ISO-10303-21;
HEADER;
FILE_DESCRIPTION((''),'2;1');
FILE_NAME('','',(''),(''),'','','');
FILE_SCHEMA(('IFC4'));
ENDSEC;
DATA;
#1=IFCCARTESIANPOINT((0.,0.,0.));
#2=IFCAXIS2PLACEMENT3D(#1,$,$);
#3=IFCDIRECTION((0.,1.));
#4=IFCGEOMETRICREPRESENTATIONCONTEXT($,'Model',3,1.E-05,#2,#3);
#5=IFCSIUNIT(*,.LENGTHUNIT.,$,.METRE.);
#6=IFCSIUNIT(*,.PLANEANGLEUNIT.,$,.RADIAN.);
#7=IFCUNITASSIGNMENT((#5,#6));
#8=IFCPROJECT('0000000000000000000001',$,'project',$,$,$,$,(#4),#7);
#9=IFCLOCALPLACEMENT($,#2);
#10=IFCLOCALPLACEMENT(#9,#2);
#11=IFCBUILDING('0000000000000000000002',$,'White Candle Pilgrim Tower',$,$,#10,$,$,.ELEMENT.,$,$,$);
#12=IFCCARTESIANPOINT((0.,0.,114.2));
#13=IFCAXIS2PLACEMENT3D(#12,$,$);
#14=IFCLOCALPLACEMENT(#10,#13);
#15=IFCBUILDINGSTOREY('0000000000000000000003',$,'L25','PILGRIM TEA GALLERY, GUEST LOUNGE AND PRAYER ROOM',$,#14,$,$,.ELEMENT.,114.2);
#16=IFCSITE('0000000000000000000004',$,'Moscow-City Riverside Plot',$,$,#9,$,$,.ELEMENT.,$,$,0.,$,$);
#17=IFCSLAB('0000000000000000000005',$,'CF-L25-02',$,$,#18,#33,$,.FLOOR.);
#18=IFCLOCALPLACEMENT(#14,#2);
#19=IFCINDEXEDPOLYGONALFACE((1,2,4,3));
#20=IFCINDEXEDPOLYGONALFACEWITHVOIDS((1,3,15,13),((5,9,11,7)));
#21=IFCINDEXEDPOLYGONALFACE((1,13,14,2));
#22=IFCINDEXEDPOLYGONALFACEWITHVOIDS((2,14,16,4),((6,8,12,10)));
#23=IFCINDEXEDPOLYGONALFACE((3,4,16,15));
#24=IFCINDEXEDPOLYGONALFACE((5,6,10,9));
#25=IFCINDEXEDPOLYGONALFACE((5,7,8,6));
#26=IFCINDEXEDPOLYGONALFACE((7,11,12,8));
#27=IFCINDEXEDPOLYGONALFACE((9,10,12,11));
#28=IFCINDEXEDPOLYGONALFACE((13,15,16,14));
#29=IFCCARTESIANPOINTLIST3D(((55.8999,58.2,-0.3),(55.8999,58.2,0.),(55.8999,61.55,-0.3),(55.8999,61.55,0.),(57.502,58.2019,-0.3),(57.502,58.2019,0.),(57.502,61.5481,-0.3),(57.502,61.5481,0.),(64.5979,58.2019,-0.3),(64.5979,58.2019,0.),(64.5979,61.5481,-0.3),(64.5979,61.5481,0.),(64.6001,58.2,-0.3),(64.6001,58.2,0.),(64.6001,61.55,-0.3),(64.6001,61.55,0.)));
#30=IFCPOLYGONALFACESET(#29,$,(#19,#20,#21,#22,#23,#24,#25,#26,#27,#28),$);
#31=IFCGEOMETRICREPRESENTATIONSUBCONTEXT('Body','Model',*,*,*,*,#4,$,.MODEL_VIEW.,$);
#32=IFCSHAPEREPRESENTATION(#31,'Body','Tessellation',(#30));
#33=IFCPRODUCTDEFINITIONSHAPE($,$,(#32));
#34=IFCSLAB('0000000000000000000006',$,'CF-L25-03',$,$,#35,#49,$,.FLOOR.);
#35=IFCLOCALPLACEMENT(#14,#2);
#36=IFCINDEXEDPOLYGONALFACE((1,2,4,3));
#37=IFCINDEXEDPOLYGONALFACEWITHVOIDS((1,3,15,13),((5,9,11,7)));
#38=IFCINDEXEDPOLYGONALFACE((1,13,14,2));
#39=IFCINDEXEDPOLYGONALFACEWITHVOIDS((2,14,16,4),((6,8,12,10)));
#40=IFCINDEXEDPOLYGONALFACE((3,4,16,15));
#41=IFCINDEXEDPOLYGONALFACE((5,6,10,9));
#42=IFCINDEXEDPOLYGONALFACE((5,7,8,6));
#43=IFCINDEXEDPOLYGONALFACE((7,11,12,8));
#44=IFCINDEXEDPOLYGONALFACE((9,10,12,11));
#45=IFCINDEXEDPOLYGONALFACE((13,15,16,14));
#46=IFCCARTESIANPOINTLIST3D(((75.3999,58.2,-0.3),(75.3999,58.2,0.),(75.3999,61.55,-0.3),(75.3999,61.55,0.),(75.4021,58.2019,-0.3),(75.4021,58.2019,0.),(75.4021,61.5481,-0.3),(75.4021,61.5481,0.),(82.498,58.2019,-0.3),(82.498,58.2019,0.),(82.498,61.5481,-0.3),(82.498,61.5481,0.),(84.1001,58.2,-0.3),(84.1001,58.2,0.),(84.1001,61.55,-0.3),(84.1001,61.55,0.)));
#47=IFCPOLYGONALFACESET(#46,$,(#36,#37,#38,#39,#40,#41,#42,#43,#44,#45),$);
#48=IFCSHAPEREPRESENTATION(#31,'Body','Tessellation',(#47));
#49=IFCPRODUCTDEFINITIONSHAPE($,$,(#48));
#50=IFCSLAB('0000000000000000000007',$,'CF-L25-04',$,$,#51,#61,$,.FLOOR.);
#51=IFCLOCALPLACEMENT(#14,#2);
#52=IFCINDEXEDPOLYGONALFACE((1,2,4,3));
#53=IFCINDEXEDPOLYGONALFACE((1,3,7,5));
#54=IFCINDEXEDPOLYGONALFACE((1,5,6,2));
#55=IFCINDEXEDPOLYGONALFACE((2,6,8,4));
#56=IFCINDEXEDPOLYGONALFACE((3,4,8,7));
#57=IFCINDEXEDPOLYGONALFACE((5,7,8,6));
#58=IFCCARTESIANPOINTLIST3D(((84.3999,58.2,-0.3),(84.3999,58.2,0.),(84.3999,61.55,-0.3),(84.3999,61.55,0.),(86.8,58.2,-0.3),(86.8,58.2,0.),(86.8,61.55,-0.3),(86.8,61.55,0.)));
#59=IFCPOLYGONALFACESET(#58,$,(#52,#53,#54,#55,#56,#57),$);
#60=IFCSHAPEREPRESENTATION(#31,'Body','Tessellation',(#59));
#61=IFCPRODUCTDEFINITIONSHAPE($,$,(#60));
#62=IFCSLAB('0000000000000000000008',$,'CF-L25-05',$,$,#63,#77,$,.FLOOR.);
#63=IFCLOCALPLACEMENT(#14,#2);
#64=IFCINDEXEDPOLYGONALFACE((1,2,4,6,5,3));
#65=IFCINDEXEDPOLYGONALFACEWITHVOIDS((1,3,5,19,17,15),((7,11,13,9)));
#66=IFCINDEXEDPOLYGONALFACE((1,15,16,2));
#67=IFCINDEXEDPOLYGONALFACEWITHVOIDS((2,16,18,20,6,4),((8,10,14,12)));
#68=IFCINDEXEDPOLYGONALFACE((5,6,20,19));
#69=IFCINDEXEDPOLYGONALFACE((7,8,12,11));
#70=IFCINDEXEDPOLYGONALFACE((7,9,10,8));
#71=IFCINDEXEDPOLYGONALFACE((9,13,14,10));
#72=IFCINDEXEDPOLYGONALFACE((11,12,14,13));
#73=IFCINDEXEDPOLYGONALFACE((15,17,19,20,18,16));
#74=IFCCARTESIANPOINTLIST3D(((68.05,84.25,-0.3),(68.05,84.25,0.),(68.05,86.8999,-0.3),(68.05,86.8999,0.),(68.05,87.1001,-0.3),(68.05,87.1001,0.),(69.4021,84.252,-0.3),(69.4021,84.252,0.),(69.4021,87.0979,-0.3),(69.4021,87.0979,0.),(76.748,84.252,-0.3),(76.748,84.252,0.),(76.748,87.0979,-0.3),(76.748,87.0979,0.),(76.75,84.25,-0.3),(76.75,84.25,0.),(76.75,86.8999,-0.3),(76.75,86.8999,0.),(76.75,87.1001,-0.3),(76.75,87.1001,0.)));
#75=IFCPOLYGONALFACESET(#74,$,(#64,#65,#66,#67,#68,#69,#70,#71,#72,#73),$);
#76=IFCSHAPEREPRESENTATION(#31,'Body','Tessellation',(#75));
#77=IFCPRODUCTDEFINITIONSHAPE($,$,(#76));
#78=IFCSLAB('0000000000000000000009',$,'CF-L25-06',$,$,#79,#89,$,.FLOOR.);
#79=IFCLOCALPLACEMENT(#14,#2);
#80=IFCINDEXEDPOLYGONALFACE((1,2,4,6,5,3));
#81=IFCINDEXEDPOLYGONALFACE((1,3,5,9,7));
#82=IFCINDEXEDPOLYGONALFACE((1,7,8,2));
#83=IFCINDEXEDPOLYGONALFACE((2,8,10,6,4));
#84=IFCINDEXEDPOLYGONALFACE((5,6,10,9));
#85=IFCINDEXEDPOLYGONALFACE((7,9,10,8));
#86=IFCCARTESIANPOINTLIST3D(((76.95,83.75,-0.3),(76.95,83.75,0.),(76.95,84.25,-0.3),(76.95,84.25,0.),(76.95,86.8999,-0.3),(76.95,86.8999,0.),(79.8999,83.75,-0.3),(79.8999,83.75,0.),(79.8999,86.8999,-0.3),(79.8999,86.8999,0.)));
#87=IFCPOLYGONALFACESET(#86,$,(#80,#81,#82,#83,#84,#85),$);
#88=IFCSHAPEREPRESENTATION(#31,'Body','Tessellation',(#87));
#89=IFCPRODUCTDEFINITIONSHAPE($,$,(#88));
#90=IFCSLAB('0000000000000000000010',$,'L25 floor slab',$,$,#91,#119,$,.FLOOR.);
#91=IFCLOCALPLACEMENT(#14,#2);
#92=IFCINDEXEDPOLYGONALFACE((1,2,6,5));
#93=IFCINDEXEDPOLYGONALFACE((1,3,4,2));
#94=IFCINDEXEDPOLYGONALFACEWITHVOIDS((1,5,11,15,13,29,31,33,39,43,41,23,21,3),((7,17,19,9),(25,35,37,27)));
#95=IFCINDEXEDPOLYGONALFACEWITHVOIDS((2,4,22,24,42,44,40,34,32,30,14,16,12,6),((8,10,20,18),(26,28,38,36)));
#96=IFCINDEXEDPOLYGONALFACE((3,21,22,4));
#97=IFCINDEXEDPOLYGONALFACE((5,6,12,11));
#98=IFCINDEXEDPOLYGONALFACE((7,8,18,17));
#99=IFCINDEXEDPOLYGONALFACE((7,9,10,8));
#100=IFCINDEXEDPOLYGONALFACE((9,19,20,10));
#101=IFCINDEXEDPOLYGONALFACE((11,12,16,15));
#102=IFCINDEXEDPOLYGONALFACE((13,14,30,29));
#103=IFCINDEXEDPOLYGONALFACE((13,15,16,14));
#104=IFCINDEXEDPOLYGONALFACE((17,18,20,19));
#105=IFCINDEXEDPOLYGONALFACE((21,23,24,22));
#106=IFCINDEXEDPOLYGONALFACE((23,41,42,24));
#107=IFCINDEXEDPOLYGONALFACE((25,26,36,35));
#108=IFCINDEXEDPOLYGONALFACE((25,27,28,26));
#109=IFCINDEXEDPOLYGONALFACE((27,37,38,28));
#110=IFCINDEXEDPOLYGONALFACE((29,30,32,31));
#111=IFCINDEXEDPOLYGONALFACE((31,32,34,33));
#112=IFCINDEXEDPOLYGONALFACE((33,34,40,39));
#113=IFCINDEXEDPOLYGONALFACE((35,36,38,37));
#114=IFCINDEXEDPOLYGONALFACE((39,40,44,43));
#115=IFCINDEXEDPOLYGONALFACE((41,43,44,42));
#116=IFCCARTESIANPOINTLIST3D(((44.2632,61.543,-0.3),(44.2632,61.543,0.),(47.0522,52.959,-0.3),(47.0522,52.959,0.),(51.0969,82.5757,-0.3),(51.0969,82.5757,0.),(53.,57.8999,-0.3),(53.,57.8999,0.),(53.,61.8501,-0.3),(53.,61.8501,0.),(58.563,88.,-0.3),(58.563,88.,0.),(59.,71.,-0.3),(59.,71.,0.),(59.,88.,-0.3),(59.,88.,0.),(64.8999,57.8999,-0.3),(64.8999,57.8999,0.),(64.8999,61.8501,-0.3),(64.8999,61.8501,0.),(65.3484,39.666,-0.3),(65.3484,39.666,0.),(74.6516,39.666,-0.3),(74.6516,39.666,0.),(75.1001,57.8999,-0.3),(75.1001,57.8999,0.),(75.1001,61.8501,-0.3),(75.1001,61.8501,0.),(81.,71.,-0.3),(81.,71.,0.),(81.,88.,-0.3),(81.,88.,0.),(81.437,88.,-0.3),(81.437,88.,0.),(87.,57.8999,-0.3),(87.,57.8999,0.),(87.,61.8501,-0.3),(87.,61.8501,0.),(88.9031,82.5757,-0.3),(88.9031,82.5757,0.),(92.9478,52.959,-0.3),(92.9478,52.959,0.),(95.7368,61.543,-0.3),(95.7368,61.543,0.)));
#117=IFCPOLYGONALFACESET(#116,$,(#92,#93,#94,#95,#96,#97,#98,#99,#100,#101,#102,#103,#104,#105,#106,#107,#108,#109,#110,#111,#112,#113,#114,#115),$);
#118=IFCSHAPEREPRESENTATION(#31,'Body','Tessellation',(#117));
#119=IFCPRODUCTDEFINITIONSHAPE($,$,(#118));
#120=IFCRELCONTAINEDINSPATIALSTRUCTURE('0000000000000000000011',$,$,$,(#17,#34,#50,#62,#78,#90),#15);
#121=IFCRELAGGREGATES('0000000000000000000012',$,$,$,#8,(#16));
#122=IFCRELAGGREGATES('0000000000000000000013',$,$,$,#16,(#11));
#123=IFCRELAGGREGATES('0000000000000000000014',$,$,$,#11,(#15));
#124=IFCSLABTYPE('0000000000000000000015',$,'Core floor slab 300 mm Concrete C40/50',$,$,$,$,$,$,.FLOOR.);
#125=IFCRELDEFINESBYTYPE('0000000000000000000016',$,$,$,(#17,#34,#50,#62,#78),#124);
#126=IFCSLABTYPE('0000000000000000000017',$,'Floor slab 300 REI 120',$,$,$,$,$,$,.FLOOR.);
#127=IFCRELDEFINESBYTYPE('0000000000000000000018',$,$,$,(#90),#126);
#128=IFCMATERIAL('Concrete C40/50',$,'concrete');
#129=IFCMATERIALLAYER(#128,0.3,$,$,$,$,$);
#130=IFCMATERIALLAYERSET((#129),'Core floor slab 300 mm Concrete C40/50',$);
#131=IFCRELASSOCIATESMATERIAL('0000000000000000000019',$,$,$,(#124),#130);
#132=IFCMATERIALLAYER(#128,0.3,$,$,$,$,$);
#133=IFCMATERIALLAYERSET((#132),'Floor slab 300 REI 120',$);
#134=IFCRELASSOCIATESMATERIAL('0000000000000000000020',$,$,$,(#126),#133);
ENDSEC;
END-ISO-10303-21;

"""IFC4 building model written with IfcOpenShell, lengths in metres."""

from ifc_helpers import new_model, si_unit, direction, frame, origin, place, context, subcontext, project, spatial, polyline, outline, extrude, material, layer, layer_set, type_object, element, save


model = new_model("IFC4")

# Units and contexts
model_context = context("Model", 3, precision=1e-05, world=origin(), true_north=direction((0.0, 1.0)))
body_context = subcontext(model_context, "Body", "Model", "MODEL_VIEW")
ifc_project = project(units=[si_unit("LENGTHUNIT", "METRE"), si_unit("PLANEANGLEUNIT", "RADIAN")], contexts=[model_context])

# Site, building, storey
site_placement = place(None, origin())
site = spatial("IfcSite", under=ifc_project, at=site_placement, Name="Moscow-City Riverside Plot", CompositionType="ELEMENT", RefElevation=0.0)
building_placement = place(site_placement, origin())
building = spatial("IfcBuilding", under=site, at=building_placement, Name="White Candle Pilgrim Tower", CompositionType="ELEMENT")
storey_placement = place(building_placement, frame((0.0, 0.0, 114.2)))
storey = spatial("IfcBuildingStorey", under=building, at=storey_placement, Name="L25", Description="PILGRIM TEA GALLERY, GUEST LOUNGE AND PRAYER ROOM", CompositionType="ELEMENT", Elevation=114.2)

# Slabs
ifc_material_1 = material(Name="Concrete C40/50", Category="concrete")
ifc_layer_1 = layer(ifc_material_1, 0.3)
ifc_layer_set_1 = layer_set([ifc_layer_1], Name="Core floor slab 300 mm Concrete C40/50")
slab_type_1 = type_object("IfcSlabType", Name="Core floor slab 300 mm Concrete C40/50", PredefinedType="FLOOR", material=ifc_layer_set_1)
slab_1_placement = place(storey_placement, frame((0.0, 0.0, -0.3)))
element("IfcSlab", 1, at=slab_1_placement, inside=storey, type_object=slab_type_1, Name="CF-L25-02", PredefinedType="FLOOR", context=body_context, shape_type="SweptSolid", body=[
    extrude(outline(polyline([(55.8999, 58.2), (55.8999, 61.55), (64.6001, 61.55), (64.6001, 58.2), (55.8999, 58.2)]), holes=[polyline([(57.502, 61.5481), (57.502, 58.2019), (64.5979, 58.2019), (64.5979, 61.5481), (57.502, 61.5481)])]), origin(), (0.0, 0.0, 1.0), 0.3),
])
slab_2_placement = place(storey_placement, frame((0.0, 0.0, -0.3)))
element("IfcSlab", 2, at=slab_2_placement, inside=storey, type_object=slab_type_1, Name="CF-L25-03", PredefinedType="FLOOR", context=body_context, shape_type="SweptSolid", body=[
    extrude(outline(polyline([(75.3999, 58.2), (75.3999, 61.55), (84.1001, 61.55), (84.1001, 58.2), (75.3999, 58.2)]), holes=[polyline([(82.498, 58.2019), (82.498, 61.5481), (75.4021, 61.5481), (75.4021, 58.2019), (82.498, 58.2019)])]), origin(), (0.0, 0.0, 1.0), 0.3),
])
slab_3_placement = place(storey_placement, frame((0.0, 0.0, -0.3)))
element("IfcSlab", 3, at=slab_3_placement, inside=storey, type_object=slab_type_1, Name="CF-L25-04", PredefinedType="FLOOR", context=body_context, shape_type="SweptSolid", body=[
    extrude(outline(polyline([(86.8, 58.2), (84.3999, 58.2), (84.3999, 61.55), (86.8, 61.55), (86.8, 58.2)])), origin(), (0.0, 0.0, 1.0), 0.3),
])
slab_4_placement = place(storey_placement, frame((0.0, 0.0, -0.3)))
element("IfcSlab", 4, at=slab_4_placement, inside=storey, type_object=slab_type_1, Name="CF-L25-05", PredefinedType="FLOOR", context=body_context, shape_type="SweptSolid", body=[
    extrude(outline(polyline([(76.75, 87.1001), (76.75, 86.8999), (76.75, 84.25), (68.05, 84.25), (68.05, 86.8999), (68.05, 87.1001), (76.75, 87.1001)]), holes=[polyline([(69.4021, 87.0979), (69.4021, 84.252), (76.748, 84.252), (76.748, 87.0979), (69.4021, 87.0979)])]), origin(), (0.0, 0.0, 1.0), 0.3),
])
slab_5_placement = place(storey_placement, frame((0.0, 0.0, -0.3)))
element("IfcSlab", 5, at=slab_5_placement, inside=storey, type_object=slab_type_1, Name="CF-L25-06", PredefinedType="FLOOR", context=body_context, shape_type="SweptSolid", body=[
    extrude(outline(polyline([(79.8999, 86.8999), (79.8999, 83.75), (76.95, 83.75), (76.95, 84.25), (76.95, 86.8999), (79.8999, 86.8999)])), origin(), (0.0, 0.0, 1.0), 0.3),
])
ifc_layer_2 = layer(ifc_material_1, 0.3)
ifc_layer_set_2 = layer_set([ifc_layer_2], Name="Floor slab 300 REI 120")
slab_type_2 = type_object("IfcSlabType", Name="Floor slab 300 REI 120", PredefinedType="FLOOR", material=ifc_layer_set_2)
slab_6_placement = place(storey_placement, frame((0.0, 0.0, -0.3)))
element("IfcSlab", 6, at=slab_6_placement, inside=storey, type_object=slab_type_2, Name="L25 floor slab", PredefinedType="FLOOR", context=body_context, shape_type="SweptSolid", body=[
    extrude(outline(polyline([(65.3484, 39.666), (74.6516, 39.666), (92.9478, 52.959), (95.7368, 61.543), (88.9031, 82.5757), (81.437, 88.0), (81.0, 88.0), (81.0, 71.0), (59.0, 71.0), (59.0, 88.0), (58.563, 88.0), (51.0969, 82.5757), (44.2632, 61.543), (47.0522, 52.959), (65.3484, 39.666)]), holes=[polyline([(53.0, 57.8999), (53.0, 61.8501), (64.8999, 61.8501), (64.8999, 57.8999), (53.0, 57.8999)]), polyline([(75.1001, 57.8999), (75.1001, 61.8501), (87.0, 61.8501), (87.0, 57.8999), (75.1001, 57.8999)])]), origin(), (0.0, 0.0, 1.0), 0.3),
])

save(model, "model.ifc")
